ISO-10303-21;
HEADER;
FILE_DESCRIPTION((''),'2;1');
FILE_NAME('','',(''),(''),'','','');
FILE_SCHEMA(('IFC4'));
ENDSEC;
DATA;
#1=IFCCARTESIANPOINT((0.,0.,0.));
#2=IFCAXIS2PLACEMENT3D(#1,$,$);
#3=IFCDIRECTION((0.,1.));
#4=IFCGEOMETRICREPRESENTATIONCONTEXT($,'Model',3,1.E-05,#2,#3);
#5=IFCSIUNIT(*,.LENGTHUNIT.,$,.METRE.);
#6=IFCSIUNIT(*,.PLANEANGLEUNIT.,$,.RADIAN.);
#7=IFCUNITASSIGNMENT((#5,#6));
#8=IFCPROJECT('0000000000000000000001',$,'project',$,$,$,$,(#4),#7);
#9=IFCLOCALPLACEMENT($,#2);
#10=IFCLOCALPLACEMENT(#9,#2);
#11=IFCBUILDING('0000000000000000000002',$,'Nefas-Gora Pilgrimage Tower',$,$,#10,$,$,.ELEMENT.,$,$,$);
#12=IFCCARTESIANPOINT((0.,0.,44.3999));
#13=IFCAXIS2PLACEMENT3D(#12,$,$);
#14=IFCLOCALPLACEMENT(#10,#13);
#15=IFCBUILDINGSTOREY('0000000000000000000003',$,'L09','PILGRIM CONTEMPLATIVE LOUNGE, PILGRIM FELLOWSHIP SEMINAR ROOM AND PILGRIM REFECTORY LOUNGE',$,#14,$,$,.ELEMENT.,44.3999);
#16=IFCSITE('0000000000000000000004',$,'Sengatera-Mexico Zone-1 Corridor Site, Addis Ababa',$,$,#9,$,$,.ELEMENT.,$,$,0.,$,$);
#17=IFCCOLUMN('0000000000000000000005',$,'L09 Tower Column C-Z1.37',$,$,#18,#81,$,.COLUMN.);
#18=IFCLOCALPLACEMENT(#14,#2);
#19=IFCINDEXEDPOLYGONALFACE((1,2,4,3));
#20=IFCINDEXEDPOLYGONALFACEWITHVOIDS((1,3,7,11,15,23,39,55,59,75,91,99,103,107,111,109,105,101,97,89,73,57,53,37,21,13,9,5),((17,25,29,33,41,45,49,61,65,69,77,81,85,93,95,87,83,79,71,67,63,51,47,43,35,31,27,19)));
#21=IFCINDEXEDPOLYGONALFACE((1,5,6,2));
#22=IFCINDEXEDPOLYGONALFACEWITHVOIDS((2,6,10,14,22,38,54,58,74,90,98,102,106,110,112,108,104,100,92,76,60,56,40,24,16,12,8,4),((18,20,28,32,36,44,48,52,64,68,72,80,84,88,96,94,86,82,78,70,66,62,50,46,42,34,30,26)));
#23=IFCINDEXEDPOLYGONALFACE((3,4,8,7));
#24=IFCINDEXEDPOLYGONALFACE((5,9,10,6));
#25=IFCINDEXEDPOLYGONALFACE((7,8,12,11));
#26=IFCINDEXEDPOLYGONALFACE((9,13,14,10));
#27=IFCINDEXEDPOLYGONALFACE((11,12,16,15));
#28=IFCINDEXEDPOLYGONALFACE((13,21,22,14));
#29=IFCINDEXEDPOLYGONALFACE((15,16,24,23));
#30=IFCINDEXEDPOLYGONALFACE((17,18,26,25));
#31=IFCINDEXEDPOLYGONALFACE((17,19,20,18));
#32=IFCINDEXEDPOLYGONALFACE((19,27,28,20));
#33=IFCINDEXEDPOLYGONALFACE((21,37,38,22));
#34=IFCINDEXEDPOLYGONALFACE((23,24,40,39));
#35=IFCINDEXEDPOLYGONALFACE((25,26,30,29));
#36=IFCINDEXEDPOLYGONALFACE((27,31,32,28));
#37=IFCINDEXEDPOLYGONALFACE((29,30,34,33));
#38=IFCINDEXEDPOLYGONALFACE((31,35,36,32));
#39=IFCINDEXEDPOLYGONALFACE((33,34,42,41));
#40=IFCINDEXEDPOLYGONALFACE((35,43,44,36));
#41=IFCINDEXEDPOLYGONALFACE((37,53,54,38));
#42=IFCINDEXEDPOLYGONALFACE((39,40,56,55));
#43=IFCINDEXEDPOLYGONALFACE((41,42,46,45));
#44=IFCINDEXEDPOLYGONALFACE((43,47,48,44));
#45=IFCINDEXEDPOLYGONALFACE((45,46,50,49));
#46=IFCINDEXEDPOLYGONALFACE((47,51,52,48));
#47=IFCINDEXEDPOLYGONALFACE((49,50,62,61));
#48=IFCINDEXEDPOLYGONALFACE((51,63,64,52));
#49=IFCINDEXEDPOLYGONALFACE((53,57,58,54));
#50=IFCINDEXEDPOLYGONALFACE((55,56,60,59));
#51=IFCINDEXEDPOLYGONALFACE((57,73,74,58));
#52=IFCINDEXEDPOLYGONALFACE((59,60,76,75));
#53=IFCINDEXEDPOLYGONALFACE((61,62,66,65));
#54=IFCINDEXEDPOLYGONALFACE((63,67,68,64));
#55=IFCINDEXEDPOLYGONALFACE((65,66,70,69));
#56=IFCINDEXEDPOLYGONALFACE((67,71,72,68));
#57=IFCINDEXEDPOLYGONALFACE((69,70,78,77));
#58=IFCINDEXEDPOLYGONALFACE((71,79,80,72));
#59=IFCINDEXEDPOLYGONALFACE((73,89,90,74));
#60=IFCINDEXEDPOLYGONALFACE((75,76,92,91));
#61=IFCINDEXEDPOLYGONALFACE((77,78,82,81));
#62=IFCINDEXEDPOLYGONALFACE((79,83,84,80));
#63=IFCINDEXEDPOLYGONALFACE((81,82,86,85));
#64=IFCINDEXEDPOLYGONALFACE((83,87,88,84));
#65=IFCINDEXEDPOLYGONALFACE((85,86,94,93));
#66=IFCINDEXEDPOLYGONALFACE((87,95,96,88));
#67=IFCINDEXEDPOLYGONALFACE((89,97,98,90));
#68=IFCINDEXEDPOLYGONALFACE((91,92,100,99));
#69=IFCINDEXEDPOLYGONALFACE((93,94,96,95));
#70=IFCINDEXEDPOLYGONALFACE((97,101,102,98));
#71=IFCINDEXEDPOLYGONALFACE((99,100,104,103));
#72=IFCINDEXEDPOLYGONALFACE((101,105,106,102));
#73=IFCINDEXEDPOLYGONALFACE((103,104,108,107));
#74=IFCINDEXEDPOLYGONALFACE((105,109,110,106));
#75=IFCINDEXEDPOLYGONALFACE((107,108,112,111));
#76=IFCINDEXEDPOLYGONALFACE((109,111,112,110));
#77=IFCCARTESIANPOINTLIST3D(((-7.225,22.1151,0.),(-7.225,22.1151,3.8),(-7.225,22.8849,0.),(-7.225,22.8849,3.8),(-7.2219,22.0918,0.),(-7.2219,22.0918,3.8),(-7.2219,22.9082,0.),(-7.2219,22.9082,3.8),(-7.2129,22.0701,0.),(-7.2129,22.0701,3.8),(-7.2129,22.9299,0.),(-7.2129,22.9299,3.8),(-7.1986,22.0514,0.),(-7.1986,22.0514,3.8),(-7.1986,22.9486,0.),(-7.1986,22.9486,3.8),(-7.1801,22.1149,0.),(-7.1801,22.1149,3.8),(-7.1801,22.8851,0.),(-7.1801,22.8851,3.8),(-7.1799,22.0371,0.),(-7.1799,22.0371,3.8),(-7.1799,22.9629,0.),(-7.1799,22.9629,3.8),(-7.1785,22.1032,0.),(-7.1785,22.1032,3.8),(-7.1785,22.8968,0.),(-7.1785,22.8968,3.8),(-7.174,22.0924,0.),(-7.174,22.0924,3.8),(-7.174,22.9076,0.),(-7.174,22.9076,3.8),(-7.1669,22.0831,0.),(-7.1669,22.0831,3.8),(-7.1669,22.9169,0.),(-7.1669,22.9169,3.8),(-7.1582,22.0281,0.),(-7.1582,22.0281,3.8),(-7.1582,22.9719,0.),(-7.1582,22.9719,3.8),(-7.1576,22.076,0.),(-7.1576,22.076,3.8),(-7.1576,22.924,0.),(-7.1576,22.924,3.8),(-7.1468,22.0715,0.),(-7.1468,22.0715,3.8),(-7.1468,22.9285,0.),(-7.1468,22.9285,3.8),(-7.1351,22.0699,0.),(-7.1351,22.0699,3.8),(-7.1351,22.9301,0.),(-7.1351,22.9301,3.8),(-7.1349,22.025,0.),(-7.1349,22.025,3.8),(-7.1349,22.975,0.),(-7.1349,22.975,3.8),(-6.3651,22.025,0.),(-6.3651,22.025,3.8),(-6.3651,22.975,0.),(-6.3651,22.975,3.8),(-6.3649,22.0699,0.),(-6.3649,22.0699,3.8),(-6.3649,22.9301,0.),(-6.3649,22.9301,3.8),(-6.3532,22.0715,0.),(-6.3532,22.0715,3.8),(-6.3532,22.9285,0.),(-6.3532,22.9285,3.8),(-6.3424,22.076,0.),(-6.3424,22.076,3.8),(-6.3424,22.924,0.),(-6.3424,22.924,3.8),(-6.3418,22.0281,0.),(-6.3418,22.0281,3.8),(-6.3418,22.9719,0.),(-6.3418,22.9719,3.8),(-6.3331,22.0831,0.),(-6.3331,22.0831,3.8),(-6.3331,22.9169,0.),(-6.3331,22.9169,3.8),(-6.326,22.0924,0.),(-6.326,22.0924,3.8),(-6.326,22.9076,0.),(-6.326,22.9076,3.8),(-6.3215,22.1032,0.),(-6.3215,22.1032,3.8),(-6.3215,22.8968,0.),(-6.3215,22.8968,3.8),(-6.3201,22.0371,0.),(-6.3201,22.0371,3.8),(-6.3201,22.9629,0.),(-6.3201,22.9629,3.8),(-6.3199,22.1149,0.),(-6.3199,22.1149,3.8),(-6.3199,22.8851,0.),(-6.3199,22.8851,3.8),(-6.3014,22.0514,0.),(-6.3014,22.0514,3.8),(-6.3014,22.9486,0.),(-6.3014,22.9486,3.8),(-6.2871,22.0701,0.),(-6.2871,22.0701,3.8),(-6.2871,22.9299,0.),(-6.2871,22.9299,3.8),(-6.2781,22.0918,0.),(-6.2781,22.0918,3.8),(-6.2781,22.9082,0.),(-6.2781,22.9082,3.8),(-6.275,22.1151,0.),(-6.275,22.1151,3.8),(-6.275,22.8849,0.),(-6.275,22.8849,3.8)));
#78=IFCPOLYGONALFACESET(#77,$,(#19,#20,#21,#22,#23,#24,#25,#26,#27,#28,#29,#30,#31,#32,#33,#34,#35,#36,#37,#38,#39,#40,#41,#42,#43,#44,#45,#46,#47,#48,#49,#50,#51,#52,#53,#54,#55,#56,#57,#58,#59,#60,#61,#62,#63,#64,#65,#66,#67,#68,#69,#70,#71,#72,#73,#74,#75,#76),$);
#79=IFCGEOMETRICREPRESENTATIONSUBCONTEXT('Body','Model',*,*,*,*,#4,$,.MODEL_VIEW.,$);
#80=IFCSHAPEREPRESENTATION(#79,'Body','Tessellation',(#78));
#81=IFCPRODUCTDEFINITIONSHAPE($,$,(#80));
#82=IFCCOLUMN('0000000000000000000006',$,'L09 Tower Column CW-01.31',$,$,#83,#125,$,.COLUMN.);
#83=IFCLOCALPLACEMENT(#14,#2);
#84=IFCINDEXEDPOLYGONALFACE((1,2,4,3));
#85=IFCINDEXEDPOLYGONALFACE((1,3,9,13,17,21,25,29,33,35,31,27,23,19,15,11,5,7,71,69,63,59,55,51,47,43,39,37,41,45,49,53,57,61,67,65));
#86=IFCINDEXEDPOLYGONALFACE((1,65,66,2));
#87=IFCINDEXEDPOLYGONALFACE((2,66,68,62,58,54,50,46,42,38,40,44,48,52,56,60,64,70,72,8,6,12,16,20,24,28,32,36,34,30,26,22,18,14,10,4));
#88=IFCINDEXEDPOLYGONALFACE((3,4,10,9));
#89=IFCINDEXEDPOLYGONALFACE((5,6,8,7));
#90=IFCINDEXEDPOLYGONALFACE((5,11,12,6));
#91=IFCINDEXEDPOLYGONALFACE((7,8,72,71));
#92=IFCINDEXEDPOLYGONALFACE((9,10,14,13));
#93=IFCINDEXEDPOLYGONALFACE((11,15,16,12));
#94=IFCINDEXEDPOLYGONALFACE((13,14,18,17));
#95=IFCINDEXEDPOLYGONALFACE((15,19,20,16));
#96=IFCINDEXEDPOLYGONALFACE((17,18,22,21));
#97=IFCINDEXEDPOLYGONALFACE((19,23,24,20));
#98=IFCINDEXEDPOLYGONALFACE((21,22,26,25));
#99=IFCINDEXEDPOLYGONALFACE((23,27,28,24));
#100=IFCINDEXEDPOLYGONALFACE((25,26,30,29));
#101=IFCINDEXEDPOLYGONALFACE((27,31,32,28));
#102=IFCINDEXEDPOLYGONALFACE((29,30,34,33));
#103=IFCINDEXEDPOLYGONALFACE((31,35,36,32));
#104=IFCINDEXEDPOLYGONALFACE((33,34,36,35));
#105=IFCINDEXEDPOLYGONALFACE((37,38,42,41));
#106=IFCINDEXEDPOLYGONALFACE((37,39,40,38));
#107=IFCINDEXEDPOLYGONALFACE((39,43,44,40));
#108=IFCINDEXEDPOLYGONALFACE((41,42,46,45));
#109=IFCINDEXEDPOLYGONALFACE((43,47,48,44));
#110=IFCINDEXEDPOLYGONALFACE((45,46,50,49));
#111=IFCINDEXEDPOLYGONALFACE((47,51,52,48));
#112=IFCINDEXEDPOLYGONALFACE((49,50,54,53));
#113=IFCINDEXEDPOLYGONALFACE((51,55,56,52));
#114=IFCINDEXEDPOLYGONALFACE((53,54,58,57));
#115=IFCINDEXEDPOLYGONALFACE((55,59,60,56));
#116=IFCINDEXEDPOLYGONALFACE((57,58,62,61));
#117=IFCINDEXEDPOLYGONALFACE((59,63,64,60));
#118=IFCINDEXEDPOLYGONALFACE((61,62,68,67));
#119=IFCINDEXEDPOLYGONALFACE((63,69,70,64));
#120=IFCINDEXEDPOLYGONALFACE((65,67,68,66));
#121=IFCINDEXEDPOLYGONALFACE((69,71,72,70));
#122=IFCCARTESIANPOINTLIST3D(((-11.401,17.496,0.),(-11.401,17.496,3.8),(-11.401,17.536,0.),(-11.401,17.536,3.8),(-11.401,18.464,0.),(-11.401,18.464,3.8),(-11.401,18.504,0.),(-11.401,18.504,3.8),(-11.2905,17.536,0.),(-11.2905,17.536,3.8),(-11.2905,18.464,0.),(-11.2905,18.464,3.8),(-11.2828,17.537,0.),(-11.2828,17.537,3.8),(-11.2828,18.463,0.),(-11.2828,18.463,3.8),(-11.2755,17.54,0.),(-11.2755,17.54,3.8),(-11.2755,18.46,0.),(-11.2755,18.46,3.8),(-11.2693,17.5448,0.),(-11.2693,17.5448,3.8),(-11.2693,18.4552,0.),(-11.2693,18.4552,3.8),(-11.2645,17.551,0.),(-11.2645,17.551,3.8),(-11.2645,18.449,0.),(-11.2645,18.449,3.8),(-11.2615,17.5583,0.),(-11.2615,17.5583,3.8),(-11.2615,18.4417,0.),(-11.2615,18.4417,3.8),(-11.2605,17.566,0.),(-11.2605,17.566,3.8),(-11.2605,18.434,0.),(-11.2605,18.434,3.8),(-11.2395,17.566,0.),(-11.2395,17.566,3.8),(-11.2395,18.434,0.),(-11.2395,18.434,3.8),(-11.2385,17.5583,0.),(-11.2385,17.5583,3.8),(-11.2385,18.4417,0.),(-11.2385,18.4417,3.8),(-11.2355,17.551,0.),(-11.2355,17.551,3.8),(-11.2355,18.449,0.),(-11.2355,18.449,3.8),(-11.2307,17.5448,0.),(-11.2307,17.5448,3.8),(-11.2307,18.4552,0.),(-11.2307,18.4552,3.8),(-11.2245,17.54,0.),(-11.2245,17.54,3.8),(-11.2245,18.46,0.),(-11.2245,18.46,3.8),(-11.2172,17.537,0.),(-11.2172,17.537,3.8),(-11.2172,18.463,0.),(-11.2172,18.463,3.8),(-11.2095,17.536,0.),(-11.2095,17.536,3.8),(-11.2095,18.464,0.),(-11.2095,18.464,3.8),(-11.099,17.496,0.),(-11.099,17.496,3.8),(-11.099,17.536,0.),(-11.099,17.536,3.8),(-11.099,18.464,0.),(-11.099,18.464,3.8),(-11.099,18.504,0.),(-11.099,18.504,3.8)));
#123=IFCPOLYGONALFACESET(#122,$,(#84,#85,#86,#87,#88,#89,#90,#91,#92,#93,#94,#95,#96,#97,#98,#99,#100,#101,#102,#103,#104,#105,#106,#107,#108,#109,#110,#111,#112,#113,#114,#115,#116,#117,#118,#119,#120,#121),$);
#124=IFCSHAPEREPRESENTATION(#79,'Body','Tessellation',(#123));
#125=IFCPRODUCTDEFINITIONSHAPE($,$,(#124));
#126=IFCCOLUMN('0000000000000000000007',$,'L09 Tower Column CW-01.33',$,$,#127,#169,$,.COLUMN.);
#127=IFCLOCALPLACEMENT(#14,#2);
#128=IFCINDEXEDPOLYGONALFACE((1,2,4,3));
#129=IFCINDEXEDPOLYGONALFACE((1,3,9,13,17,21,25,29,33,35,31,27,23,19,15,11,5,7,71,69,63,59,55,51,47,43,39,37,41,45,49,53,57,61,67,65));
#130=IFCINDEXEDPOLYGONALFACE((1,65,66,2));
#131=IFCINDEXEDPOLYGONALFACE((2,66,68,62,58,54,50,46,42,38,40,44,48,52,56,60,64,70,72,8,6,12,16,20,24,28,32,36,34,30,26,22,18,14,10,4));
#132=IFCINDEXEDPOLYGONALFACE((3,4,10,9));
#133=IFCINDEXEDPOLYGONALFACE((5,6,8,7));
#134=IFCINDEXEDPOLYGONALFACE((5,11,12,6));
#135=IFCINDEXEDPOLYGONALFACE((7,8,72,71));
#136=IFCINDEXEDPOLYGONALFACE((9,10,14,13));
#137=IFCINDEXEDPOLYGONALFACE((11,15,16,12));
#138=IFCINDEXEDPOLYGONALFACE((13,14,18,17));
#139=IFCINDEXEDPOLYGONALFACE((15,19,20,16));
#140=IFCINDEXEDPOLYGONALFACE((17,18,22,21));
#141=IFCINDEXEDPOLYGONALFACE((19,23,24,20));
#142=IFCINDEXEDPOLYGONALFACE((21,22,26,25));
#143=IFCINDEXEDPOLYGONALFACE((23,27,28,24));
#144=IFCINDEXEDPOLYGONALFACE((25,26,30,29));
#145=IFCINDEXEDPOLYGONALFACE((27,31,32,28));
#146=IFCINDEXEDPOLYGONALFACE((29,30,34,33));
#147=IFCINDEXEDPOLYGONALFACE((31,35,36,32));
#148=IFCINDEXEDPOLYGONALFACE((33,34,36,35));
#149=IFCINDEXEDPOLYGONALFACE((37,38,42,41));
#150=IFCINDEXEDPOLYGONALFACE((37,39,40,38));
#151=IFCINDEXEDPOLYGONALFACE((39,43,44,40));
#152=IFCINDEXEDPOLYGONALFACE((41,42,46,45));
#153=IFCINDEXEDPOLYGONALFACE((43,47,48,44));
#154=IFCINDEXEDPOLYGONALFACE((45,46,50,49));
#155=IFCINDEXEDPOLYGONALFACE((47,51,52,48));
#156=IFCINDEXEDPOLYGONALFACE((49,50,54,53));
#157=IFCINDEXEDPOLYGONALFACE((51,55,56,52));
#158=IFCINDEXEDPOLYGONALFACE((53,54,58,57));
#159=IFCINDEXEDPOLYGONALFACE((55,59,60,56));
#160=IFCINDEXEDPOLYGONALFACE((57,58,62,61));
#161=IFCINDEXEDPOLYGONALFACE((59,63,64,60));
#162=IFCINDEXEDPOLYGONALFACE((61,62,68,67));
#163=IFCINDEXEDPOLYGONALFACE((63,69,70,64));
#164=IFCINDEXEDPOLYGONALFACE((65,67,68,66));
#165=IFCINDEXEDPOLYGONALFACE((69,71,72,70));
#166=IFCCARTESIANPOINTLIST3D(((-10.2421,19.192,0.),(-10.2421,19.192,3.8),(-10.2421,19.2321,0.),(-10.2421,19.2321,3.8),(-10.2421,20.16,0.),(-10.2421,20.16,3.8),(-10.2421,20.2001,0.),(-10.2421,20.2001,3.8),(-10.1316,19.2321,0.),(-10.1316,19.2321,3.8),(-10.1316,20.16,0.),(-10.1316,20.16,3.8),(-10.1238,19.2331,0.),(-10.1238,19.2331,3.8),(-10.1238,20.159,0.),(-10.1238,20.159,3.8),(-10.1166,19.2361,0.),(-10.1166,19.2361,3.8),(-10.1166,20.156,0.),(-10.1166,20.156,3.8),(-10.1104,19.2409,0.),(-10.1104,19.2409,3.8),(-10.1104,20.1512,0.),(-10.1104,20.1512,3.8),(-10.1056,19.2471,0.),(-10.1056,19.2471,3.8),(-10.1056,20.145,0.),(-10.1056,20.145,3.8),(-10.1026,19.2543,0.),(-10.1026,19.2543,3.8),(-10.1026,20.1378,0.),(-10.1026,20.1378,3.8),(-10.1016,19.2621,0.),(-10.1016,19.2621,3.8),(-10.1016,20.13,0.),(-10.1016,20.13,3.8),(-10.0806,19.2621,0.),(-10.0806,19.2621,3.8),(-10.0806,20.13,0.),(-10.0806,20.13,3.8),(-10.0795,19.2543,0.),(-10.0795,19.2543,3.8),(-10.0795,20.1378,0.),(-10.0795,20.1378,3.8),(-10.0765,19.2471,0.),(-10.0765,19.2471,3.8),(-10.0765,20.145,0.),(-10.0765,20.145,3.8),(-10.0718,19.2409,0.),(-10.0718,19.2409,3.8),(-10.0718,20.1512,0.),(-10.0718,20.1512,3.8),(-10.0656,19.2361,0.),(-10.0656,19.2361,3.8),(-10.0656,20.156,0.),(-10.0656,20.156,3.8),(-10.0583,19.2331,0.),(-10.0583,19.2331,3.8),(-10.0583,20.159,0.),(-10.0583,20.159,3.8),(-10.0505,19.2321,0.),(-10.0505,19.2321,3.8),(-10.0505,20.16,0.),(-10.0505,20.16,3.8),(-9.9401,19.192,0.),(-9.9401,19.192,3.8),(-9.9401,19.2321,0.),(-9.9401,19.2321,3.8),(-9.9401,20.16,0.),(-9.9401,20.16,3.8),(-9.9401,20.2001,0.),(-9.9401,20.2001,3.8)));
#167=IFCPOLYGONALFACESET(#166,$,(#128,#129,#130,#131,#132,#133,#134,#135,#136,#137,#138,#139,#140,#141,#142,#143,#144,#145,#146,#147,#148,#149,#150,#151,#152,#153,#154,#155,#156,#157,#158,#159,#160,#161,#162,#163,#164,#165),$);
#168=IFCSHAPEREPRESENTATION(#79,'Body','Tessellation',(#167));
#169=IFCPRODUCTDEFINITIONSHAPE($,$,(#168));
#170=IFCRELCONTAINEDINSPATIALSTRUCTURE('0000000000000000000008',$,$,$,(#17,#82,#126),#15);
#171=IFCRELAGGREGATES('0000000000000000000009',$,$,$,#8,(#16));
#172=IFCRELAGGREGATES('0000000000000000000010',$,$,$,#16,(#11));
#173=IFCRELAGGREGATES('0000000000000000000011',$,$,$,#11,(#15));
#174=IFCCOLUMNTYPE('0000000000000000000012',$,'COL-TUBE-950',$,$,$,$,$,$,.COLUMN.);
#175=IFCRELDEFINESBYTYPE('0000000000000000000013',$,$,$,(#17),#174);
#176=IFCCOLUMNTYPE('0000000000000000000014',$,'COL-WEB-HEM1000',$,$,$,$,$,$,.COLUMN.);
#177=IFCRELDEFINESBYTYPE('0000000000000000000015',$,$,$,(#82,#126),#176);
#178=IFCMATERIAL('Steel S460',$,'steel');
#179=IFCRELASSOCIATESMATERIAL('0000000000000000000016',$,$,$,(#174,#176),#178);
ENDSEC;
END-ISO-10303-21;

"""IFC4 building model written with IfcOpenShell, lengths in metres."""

from ifc_helpers import new_model, si_unit, direction, frame, origin, origin_2d, place, context, subcontext, project, spatial, hollow_rectangle, i_section, extrude, source, transform, mapped, material, material_profile, profile_set, type_object, element, save


model = new_model("IFC4")

# Units and contexts
model_context = context("Model", 3, precision=1e-05, world=origin(), true_north=direction((0.0, 1.0)))
body_context = subcontext(model_context, "Body", "Model", "MODEL_VIEW")
ifc_project = project(units=[si_unit("LENGTHUNIT", "METRE"), si_unit("PLANEANGLEUNIT", "RADIAN")], contexts=[model_context])

# Site, building, storey
site_placement = place(None, origin())
site = spatial("IfcSite", under=ifc_project, at=site_placement, Name="Sengatera-Mexico Zone-1 Corridor Site, Addis Ababa", CompositionType="ELEMENT", RefElevation=0.0)
building_placement = place(site_placement, origin())
building = spatial("IfcBuilding", under=site, at=building_placement, Name="Nefas-Gora Pilgrimage Tower", CompositionType="ELEMENT")
storey_placement = place(building_placement, frame((0.0, 0.0, 44.3999)))
storey = spatial("IfcBuildingStorey", under=building, at=storey_placement, Name="L09", Description="PILGRIM CONTEMPLATIVE LOUNGE, PILGRIM FELLOWSHIP SEMINAR ROOM AND PILGRIM REFECTORY LOUNGE", CompositionType="ELEMENT", Elevation=44.3999)

# Columns
ifc_material_1 = material(Name="Steel S460", Category="steel")
ifc_material_profile_1 = material_profile(ifc_material_1, hollow_rectangle(XDim=0.95, YDim=0.95, WallThickness=0.0449, InnerFilletRadius=0.0449, OuterFilletRadius=0.0901, at=origin_2d()), Name="BOX 950x950x45")
ifc_profile_set_1 = profile_set([ifc_material_profile_1], Name="Steel S460")
column_type_1 = type_object("IfcColumnType", Name="COL-TUBE-950", PredefinedType="COLUMN", material=ifc_profile_set_1)
shared_shape_1 = source(origin(), body_context, "Body", "SweptSolid", [
    extrude(hollow_rectangle(XDim=0.95, YDim=0.95, WallThickness=0.0449, InnerFilletRadius=0.0449, OuterFilletRadius=0.0901, at=origin_2d()), origin(), (0.0, 0.0, 1.0), 3.8),
])
column_placement = place(storey_placement, frame((-6.75, 22.5, 0.0), z_axis=(0.0, 0.0, 1.0), x_axis=(1.0, 0.0, 0.0)))
element("IfcColumn", 1, at=column_placement, inside=storey, type_object=column_type_1, Name="L09 Tower Column C-Z1.37", PredefinedType="COLUMN", context=body_context, shape_type="MappedRepresentation", body=[
    mapped(shared_shape_1, transform((0.0, 0.0, 0.0), x_axis=(1.0, 0.0, 0.0), y_axis=(0.0, 1.0, 0.0), z_axis=(0.0, 0.0, 1.0), scale=1.0)),
])
ifc_material_profile_2 = material_profile(ifc_material_1, i_section(OverallWidth=0.302, OverallDepth=1.0081, WebThickness=0.021, FlangeThickness=0.04, FilletRadius=0.03, at=origin_2d()), Name="HEM 1000")
ifc_profile_set_2 = profile_set([ifc_material_profile_2], Name="Steel S460")
column_type_2 = type_object("IfcColumnType", Name="COL-WEB-HEM1000", PredefinedType="COLUMN", material=ifc_profile_set_2)
shared_shape_2 = source(origin(), body_context, "Body", "SweptSolid", [
    extrude(i_section(OverallWidth=0.302, OverallDepth=1.0081, WebThickness=0.021, FlangeThickness=0.04, FilletRadius=0.03, at=origin_2d()), origin(), (0.0, 0.0, 1.0), 3.8),
])
for number, where, z_axis, x_axis, name in (
    (2, (-11.25, 18.0, 0.0), (0.0, 0.0, 1.0), (1.0, 0.0, 0.0), "L09 Tower Column CW-01.31"),
    (3, (-10.0911, 19.696, 0.0), (0.0, 0.0, 1.0), (1.0, 0.0, 0.0), "L09 Tower Column CW-01.33"),
):
    element("IfcColumn", number, at=place(storey_placement, frame(where, z_axis=z_axis, x_axis=x_axis)), inside=storey, type_object=column_type_2, Name=name, PredefinedType="COLUMN", context=body_context, shape_type="MappedRepresentation", body=[
        mapped(shared_shape_2, transform((0.0, 0.0, 0.0), x_axis=(1.0, 0.0, 0.0), y_axis=(0.0, 1.0, 0.0), z_axis=(0.0, 0.0, 1.0), scale=1.0)),
    ])

save(model, "model.ifc")
